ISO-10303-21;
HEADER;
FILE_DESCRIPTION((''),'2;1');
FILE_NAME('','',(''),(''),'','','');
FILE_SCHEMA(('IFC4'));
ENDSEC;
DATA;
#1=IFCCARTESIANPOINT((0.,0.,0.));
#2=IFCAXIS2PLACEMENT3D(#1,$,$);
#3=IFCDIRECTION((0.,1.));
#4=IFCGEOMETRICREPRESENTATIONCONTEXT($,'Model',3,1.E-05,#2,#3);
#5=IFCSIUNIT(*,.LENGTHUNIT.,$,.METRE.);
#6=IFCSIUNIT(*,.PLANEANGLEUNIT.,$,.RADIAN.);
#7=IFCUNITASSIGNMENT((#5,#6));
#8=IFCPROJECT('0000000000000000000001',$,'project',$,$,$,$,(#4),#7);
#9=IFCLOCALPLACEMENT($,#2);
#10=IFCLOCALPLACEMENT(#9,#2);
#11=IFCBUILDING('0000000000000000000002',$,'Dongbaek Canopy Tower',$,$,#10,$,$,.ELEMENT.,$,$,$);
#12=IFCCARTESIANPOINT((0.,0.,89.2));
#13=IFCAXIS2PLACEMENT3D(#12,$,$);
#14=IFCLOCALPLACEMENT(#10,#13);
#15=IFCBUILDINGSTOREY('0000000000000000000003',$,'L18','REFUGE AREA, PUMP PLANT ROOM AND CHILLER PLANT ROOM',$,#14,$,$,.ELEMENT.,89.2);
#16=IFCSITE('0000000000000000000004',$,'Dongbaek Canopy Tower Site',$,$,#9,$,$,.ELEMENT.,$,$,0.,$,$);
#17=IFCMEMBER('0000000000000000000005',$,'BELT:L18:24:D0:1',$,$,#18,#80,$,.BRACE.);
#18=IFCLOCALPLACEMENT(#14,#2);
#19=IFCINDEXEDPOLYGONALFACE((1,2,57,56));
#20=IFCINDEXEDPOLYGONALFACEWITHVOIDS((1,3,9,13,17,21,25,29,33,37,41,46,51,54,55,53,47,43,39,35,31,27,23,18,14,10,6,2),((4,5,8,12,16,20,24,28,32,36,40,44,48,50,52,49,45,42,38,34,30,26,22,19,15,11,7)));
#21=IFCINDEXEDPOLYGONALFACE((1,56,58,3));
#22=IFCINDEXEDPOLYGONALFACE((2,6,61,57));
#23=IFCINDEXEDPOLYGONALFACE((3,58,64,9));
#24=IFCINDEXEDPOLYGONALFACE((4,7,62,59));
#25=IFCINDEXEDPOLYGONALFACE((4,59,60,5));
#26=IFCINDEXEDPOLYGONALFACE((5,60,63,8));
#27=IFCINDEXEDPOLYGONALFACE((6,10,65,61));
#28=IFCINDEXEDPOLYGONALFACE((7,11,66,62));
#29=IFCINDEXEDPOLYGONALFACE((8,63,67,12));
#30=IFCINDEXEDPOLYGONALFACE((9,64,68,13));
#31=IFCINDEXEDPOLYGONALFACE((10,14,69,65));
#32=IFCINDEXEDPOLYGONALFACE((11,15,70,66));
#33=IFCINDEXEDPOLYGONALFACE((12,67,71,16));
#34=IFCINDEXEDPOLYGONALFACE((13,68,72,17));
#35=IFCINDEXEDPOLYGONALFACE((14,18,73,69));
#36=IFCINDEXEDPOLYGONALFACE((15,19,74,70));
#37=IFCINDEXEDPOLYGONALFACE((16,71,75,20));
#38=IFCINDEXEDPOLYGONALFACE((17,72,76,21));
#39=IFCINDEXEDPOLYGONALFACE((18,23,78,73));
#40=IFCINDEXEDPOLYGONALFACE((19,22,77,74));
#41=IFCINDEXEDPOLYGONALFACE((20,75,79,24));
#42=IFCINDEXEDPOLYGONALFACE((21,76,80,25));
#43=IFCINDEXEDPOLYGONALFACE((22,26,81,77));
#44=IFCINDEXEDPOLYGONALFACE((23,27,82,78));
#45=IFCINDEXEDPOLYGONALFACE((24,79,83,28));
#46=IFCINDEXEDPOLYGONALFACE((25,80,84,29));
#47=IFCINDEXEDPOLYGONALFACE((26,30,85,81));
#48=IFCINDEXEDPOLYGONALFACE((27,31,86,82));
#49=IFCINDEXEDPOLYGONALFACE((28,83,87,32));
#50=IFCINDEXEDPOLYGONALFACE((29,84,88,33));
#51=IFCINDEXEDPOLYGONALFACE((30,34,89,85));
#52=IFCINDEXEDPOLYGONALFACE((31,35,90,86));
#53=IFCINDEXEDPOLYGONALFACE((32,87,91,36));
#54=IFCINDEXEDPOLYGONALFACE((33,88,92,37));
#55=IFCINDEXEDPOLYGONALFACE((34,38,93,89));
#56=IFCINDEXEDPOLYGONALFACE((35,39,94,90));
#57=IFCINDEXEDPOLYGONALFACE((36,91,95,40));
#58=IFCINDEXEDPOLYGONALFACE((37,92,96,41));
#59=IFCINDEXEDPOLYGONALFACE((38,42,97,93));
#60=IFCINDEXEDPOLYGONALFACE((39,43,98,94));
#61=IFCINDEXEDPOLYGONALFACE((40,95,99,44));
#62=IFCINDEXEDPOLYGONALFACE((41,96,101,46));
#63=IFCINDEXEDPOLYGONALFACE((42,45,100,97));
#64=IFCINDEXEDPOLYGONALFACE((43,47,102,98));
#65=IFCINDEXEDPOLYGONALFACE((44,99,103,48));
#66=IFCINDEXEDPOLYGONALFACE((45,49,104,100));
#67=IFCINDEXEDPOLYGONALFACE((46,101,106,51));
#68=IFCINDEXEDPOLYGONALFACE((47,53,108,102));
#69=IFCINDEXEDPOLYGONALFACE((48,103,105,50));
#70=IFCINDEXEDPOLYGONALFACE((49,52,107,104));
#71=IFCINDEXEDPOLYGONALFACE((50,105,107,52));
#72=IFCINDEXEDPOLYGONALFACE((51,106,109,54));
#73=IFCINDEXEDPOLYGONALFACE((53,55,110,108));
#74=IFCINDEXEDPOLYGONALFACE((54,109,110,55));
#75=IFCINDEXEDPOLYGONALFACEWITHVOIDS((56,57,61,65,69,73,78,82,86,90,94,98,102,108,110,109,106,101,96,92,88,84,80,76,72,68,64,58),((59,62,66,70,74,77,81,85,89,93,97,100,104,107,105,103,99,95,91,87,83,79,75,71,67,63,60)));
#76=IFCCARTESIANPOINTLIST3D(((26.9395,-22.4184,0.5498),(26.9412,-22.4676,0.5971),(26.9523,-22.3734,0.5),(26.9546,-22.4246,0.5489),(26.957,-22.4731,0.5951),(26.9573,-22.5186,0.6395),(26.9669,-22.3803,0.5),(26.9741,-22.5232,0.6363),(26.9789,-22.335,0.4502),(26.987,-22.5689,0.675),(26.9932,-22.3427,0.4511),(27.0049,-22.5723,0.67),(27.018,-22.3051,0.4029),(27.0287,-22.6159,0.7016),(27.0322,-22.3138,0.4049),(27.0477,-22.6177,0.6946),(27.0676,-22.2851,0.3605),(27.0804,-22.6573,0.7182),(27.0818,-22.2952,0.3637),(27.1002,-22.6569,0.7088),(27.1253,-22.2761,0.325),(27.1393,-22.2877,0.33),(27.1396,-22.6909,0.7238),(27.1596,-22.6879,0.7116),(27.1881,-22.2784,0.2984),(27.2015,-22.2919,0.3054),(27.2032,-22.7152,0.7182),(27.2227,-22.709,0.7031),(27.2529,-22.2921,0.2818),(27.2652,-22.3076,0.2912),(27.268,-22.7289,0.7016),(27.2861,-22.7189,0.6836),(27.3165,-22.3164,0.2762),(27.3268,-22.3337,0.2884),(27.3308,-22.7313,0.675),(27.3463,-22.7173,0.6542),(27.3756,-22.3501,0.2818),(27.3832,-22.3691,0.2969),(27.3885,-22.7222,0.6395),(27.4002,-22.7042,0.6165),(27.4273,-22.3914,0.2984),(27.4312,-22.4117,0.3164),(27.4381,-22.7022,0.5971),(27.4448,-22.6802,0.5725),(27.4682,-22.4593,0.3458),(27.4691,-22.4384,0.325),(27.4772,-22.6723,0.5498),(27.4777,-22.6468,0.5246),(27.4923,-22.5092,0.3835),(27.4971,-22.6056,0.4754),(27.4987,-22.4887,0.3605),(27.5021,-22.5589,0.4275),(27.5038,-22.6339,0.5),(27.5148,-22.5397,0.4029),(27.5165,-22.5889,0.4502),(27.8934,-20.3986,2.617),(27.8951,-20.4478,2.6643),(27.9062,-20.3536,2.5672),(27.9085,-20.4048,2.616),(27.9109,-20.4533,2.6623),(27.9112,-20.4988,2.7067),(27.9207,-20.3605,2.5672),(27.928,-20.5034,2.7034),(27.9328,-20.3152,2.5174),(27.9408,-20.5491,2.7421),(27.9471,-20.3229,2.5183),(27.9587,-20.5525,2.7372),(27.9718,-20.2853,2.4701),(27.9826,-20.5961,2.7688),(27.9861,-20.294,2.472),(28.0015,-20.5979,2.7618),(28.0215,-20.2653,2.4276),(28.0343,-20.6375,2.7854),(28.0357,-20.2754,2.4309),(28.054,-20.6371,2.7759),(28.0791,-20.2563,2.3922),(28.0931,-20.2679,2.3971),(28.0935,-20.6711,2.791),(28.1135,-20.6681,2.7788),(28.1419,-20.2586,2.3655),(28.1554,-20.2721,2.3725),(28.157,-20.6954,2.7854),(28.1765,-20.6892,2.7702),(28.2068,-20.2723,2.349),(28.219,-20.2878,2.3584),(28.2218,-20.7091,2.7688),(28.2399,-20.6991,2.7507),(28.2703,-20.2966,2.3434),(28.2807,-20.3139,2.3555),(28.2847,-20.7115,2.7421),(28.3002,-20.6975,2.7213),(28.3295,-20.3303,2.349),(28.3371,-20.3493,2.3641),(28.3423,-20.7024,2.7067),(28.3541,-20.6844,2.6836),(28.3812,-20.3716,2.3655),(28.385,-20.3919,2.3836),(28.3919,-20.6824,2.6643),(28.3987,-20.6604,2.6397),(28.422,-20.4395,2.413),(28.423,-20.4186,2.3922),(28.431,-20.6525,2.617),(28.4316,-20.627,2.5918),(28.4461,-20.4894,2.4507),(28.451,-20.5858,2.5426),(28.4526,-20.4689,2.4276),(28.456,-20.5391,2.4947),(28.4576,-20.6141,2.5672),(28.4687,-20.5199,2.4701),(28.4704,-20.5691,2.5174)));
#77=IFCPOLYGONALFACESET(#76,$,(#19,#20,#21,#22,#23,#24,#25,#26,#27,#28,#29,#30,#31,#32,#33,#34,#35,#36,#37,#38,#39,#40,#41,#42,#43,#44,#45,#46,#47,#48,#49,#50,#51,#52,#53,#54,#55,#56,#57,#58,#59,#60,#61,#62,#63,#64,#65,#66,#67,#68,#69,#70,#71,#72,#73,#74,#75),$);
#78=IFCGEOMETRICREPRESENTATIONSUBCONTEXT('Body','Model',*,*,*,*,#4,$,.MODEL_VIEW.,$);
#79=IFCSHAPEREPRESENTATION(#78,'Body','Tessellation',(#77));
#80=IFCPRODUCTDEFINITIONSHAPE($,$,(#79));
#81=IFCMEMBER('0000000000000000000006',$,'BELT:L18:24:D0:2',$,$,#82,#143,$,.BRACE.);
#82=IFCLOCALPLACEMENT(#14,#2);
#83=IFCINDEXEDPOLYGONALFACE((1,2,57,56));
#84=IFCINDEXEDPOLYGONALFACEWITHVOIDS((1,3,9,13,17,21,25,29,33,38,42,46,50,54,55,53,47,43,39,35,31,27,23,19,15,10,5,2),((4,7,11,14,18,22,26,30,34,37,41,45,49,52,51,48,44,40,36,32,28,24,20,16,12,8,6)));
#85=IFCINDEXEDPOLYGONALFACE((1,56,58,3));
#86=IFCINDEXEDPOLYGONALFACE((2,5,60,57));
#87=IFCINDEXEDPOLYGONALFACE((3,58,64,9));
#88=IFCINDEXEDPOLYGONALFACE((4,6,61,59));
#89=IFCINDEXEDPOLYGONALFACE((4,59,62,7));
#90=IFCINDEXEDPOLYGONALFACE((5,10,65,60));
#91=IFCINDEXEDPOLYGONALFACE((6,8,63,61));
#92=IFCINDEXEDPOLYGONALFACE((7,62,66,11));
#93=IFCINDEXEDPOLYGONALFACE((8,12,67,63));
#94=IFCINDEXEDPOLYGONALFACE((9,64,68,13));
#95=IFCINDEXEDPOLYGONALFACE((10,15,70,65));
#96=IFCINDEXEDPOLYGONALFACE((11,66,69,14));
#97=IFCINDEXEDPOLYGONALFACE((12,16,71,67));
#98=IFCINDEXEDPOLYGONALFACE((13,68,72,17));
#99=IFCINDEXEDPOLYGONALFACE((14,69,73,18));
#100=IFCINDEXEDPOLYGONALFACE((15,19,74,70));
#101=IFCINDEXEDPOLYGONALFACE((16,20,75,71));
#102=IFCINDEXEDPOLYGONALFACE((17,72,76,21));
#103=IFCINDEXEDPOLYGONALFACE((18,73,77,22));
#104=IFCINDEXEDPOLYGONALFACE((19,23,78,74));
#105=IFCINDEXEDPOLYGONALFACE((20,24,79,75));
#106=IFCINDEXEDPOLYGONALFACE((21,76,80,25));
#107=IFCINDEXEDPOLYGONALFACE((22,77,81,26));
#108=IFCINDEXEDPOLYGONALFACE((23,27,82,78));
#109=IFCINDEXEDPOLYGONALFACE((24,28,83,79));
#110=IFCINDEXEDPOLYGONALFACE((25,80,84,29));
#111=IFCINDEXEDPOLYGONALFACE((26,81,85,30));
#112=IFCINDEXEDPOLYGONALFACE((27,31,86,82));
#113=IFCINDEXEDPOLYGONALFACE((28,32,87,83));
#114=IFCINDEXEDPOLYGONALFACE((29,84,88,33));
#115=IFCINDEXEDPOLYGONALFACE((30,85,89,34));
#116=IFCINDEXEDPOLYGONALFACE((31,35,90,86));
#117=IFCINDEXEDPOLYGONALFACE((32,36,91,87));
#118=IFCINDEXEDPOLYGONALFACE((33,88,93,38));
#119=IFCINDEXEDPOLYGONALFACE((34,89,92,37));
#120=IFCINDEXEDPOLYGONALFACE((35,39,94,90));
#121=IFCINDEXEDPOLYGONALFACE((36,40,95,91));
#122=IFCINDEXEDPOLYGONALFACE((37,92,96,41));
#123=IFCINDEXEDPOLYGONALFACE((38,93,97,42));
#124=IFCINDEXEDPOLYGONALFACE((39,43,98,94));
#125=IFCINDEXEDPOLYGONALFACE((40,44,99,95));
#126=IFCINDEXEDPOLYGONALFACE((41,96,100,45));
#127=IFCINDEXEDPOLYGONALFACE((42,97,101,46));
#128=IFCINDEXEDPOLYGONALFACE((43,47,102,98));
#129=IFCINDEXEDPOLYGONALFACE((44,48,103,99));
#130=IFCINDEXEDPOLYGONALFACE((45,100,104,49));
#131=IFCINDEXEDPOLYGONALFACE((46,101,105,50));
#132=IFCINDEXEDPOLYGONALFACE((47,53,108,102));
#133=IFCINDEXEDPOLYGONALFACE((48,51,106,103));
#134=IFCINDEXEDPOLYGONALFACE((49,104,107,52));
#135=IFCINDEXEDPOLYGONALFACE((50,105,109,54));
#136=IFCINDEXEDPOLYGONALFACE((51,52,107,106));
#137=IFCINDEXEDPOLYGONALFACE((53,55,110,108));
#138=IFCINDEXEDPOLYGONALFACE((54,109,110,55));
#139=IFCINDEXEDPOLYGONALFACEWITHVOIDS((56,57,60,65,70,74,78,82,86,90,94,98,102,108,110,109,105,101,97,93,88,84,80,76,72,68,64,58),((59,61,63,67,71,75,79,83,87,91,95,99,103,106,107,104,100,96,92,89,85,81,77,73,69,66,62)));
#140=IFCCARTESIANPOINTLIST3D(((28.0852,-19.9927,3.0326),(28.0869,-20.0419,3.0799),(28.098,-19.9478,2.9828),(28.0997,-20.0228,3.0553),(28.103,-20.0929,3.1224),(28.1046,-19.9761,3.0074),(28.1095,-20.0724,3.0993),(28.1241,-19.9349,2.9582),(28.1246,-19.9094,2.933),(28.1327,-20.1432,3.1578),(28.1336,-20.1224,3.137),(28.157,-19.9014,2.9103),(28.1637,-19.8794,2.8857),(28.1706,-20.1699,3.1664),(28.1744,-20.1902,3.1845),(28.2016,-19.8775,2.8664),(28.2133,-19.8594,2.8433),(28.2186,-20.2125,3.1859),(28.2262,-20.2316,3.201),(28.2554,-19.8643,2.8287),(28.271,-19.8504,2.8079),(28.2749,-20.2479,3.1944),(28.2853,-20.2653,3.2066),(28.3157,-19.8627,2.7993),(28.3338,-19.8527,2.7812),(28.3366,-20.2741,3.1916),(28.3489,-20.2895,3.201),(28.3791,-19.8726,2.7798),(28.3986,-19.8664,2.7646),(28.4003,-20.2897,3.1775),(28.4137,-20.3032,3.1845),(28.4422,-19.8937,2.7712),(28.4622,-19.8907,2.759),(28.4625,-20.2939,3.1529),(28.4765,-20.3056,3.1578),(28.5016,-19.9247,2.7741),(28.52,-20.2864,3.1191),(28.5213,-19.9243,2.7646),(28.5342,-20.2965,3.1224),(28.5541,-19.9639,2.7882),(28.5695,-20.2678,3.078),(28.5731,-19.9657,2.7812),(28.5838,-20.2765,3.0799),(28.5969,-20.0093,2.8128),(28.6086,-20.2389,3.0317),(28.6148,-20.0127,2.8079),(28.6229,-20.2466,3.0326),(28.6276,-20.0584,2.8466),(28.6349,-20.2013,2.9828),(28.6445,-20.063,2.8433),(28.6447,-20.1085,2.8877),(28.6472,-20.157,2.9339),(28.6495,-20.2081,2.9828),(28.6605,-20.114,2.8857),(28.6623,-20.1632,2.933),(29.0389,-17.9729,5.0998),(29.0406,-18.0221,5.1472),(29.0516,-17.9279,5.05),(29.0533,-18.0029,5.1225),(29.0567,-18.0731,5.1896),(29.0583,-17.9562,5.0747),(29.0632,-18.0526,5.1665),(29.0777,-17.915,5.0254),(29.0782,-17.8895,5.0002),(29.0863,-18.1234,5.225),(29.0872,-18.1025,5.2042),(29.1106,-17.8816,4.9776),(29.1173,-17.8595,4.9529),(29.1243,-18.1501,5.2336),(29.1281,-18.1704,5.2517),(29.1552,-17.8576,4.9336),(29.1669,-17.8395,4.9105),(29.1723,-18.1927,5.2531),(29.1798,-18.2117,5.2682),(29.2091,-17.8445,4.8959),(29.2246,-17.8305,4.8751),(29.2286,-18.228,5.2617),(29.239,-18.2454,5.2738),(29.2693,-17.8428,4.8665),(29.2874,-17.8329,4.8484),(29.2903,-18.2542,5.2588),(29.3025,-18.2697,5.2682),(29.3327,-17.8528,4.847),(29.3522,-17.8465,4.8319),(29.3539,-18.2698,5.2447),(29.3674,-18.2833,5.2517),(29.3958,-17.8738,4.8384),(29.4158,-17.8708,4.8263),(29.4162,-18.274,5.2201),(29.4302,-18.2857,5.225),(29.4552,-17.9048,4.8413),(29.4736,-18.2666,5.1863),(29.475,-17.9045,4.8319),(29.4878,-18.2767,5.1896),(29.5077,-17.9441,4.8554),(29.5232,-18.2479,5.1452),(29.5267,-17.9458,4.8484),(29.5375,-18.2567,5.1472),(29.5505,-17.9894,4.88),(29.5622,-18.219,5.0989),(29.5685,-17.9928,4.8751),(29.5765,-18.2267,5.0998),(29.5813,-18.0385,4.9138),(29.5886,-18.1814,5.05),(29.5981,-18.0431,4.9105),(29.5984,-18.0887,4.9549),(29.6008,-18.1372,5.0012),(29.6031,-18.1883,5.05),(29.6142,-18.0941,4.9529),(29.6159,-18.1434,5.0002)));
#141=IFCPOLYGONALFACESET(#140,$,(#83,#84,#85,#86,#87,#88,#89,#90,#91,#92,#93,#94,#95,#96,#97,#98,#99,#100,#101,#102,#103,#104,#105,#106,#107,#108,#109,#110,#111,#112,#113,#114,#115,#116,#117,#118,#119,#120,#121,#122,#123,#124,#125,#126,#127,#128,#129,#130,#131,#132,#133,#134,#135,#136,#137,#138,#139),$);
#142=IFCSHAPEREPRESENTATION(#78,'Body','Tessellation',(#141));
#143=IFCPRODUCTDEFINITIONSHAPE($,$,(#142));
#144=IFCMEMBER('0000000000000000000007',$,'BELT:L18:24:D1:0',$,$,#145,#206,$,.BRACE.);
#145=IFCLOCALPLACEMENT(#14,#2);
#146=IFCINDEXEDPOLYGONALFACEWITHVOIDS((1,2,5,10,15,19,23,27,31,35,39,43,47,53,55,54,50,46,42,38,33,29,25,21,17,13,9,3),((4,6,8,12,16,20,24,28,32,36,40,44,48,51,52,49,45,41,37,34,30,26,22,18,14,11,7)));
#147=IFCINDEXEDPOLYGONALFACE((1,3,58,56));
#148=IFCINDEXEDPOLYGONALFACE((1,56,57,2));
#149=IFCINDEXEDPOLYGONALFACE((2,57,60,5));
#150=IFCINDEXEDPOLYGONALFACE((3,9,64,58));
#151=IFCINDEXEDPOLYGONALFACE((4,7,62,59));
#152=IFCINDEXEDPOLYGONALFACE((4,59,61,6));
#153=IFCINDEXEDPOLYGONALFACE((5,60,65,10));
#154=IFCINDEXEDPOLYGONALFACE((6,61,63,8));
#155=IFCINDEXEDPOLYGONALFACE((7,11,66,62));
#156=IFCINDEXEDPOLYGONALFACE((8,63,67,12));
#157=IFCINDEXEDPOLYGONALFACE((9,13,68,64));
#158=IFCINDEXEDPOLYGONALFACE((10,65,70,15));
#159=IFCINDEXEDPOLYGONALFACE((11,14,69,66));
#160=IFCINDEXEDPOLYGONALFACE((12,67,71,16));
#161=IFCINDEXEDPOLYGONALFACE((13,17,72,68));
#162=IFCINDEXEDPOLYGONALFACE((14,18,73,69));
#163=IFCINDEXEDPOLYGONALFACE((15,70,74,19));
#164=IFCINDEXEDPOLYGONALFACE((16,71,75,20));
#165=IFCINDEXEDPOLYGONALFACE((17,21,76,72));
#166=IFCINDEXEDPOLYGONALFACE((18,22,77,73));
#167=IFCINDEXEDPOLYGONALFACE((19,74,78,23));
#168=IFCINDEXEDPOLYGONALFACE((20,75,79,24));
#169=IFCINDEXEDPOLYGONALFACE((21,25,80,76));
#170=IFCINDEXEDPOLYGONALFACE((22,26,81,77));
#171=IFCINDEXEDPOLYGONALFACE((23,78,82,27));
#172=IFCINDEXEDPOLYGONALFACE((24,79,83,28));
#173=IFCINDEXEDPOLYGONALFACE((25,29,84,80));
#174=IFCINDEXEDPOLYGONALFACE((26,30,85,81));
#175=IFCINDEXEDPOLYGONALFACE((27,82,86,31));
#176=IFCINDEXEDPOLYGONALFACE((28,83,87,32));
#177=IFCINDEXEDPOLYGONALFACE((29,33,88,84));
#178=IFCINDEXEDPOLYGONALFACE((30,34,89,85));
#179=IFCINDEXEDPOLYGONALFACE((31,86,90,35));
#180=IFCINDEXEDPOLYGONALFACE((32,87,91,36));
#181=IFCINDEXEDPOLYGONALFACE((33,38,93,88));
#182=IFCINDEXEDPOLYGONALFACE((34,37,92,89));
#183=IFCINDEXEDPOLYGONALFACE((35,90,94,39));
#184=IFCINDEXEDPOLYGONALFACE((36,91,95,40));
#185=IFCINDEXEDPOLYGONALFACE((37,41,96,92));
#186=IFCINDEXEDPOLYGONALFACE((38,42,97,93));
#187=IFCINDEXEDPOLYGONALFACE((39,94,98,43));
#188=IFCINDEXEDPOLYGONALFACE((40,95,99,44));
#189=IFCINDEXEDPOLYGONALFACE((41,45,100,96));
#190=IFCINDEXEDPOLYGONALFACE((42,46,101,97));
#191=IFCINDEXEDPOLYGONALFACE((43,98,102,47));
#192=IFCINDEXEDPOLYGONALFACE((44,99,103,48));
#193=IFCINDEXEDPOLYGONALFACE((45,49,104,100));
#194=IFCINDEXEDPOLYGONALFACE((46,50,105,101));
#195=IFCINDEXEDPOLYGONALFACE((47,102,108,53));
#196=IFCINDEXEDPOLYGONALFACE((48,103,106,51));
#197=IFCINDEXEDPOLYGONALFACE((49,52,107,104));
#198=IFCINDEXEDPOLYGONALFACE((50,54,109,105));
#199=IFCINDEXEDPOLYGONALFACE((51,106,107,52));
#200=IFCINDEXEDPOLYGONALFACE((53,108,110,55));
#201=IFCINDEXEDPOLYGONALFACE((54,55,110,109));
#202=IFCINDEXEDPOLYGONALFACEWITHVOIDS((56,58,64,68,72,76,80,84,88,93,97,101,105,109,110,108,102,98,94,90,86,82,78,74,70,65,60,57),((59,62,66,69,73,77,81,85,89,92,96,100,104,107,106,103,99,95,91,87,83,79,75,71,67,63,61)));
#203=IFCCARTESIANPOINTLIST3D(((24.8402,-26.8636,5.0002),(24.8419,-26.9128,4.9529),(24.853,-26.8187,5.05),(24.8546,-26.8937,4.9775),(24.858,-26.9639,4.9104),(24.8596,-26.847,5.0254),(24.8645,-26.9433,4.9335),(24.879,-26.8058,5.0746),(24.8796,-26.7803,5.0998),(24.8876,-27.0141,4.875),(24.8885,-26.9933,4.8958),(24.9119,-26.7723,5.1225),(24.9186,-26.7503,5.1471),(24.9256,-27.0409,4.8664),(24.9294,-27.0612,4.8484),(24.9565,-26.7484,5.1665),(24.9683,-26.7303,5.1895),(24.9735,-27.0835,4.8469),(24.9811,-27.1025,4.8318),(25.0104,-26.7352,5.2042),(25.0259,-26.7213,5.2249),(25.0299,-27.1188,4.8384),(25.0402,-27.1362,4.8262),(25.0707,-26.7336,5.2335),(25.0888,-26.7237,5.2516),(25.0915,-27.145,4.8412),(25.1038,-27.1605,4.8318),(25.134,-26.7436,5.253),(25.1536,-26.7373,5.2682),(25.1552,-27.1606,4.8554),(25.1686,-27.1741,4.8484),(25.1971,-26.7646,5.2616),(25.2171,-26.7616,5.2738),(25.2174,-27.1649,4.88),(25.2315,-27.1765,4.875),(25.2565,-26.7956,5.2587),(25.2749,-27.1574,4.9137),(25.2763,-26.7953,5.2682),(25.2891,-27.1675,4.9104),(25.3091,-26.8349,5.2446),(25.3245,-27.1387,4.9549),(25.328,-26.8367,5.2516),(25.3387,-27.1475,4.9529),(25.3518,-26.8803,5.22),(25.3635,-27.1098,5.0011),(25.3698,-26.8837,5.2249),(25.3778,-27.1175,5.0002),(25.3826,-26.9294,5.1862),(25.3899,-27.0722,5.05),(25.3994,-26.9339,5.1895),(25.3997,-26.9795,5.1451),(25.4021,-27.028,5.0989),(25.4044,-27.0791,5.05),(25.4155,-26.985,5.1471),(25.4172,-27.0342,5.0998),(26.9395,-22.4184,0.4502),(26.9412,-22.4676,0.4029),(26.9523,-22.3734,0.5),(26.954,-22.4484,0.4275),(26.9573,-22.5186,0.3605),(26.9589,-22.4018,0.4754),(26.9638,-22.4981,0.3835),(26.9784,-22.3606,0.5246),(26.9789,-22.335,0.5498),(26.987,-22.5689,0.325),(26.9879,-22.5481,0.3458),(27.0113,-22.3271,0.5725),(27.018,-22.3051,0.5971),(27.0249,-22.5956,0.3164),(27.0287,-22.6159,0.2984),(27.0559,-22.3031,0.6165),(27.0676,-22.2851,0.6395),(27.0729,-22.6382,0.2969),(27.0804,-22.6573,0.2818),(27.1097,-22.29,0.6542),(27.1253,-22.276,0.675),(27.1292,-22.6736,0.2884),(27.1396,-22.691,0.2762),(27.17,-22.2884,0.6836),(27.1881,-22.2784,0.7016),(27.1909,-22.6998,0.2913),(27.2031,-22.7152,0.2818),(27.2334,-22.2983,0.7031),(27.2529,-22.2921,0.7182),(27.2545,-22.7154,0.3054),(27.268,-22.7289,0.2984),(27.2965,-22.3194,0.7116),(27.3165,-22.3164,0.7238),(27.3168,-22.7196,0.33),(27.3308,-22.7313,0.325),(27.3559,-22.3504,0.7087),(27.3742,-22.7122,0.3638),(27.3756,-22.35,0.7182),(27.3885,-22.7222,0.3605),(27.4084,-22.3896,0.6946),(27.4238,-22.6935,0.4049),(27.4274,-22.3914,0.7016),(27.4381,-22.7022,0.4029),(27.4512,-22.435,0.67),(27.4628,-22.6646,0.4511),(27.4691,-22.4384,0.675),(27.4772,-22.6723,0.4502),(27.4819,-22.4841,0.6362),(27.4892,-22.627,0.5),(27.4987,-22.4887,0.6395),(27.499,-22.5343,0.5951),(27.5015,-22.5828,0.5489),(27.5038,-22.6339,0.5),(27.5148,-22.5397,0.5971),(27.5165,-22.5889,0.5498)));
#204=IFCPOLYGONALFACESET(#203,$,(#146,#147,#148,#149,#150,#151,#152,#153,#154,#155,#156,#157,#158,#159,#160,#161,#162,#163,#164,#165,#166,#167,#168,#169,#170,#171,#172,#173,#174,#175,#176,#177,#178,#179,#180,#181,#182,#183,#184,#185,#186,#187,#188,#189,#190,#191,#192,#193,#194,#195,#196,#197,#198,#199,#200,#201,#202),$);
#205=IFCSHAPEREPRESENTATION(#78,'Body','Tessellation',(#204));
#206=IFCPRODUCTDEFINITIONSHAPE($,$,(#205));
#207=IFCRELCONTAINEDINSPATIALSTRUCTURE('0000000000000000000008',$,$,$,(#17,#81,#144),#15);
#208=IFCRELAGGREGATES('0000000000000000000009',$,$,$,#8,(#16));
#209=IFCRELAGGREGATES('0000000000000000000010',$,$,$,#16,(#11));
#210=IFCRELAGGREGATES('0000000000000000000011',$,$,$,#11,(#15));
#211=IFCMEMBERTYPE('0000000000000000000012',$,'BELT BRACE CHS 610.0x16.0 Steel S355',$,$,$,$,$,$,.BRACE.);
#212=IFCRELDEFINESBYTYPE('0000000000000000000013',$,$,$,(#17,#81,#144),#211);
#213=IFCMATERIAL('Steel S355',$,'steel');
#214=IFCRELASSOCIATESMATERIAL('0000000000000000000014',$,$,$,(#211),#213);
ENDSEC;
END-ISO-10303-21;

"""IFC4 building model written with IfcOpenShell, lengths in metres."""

from ifc_helpers import new_model, si_unit, direction, frame, origin, origin_2d, place, context, subcontext, project, spatial, hollow_circle, extrude, material, material_profile, profile_set, type_object, element, save


model = new_model("IFC4")

# Units and contexts
model_context = context("Model", 3, precision=1e-05, world=origin(), true_north=direction((0.0, 1.0)))
body_context = subcontext(model_context, "Body", "Model", "MODEL_VIEW")
ifc_project = project(units=[si_unit("LENGTHUNIT", "METRE"), si_unit("PLANEANGLEUNIT", "RADIAN")], contexts=[model_context])

# Site, building, storey
site_placement = place(None, origin())
site = spatial("IfcSite", under=ifc_project, at=site_placement, Name="Dongbaek Canopy Tower Site", CompositionType="ELEMENT", RefElevation=0.0)
building_placement = place(site_placement, origin())
building = spatial("IfcBuilding", under=site, at=building_placement, Name="Dongbaek Canopy Tower", CompositionType="ELEMENT")
storey_placement = place(building_placement, frame((0.0, 0.0, 89.2)))
storey = spatial("IfcBuildingStorey", under=building, at=storey_placement, Name="L18", Description="REFUGE AREA, PUMP PLANT ROOM AND CHILLER PLANT ROOM", CompositionType="ELEMENT", Elevation=89.2)

# Members
ifc_material_1 = material(Name="Steel S355", Category="steel")
ifc_material_profile_1 = material_profile(ifc_material_1, hollow_circle(Radius=0.3049, WallThickness=0.0161, at=origin_2d()), Name="BELT BRACE CHS 610.0x16.0 Steel S355")
ifc_profile_set_1 = profile_set([ifc_material_profile_1], Name="Steel S355")
member_type_1 = type_object("IfcMemberType", Name="BELT BRACE CHS 610.0x16.0 Steel S355", PredefinedType="BRACE", material=ifc_profile_set_1)
for number, where, z_axis, x_axis, name in (
    (1, (27.228, -22.5037, 0.5), (0.313416, 0.663653, 0.679216), (-0.904236, 0.427034, 0.0), "BELT:L18:24:D0:1"),
    (2, (29.3274, -18.0581, 5.05), (-0.313344, -0.66367, -0.679233), (0.904278, -0.426944, 0.0), "BELT:L18:24:D0:2"),
):
    element("IfcMember", number, at=place(storey_placement, frame(where, z_axis=z_axis, x_axis=x_axis)), inside=storey, type_object=member_type_1, Name=name, PredefinedType="BRACE", context=body_context, shape_type="SweptSolid", body=[
        extrude(hollow_circle(Radius=0.3049, WallThickness=0.0161, at=origin_2d()), origin(), (0.0, 0.0, 1.0), 3.0435),
    ])
member_1_placement = place(storey_placement, frame((27.228, -22.5037, 0.5), z_axis=(-0.313404, -0.663619, 0.679255), x_axis=(0.904234, -0.427038, 0.0)))
element("IfcMember", 3, at=member_1_placement, inside=storey, type_object=member_type_1, Name="BELT:L18:24:D1:0", PredefinedType="BRACE", context=body_context, shape_type="SweptSolid", body=[
    extrude(hollow_circle(Radius=0.3049, WallThickness=0.0161, at=origin_2d()), origin(), (0.0, 0.0, 1.0), 6.6985),
])

save(model, "model.ifc")
